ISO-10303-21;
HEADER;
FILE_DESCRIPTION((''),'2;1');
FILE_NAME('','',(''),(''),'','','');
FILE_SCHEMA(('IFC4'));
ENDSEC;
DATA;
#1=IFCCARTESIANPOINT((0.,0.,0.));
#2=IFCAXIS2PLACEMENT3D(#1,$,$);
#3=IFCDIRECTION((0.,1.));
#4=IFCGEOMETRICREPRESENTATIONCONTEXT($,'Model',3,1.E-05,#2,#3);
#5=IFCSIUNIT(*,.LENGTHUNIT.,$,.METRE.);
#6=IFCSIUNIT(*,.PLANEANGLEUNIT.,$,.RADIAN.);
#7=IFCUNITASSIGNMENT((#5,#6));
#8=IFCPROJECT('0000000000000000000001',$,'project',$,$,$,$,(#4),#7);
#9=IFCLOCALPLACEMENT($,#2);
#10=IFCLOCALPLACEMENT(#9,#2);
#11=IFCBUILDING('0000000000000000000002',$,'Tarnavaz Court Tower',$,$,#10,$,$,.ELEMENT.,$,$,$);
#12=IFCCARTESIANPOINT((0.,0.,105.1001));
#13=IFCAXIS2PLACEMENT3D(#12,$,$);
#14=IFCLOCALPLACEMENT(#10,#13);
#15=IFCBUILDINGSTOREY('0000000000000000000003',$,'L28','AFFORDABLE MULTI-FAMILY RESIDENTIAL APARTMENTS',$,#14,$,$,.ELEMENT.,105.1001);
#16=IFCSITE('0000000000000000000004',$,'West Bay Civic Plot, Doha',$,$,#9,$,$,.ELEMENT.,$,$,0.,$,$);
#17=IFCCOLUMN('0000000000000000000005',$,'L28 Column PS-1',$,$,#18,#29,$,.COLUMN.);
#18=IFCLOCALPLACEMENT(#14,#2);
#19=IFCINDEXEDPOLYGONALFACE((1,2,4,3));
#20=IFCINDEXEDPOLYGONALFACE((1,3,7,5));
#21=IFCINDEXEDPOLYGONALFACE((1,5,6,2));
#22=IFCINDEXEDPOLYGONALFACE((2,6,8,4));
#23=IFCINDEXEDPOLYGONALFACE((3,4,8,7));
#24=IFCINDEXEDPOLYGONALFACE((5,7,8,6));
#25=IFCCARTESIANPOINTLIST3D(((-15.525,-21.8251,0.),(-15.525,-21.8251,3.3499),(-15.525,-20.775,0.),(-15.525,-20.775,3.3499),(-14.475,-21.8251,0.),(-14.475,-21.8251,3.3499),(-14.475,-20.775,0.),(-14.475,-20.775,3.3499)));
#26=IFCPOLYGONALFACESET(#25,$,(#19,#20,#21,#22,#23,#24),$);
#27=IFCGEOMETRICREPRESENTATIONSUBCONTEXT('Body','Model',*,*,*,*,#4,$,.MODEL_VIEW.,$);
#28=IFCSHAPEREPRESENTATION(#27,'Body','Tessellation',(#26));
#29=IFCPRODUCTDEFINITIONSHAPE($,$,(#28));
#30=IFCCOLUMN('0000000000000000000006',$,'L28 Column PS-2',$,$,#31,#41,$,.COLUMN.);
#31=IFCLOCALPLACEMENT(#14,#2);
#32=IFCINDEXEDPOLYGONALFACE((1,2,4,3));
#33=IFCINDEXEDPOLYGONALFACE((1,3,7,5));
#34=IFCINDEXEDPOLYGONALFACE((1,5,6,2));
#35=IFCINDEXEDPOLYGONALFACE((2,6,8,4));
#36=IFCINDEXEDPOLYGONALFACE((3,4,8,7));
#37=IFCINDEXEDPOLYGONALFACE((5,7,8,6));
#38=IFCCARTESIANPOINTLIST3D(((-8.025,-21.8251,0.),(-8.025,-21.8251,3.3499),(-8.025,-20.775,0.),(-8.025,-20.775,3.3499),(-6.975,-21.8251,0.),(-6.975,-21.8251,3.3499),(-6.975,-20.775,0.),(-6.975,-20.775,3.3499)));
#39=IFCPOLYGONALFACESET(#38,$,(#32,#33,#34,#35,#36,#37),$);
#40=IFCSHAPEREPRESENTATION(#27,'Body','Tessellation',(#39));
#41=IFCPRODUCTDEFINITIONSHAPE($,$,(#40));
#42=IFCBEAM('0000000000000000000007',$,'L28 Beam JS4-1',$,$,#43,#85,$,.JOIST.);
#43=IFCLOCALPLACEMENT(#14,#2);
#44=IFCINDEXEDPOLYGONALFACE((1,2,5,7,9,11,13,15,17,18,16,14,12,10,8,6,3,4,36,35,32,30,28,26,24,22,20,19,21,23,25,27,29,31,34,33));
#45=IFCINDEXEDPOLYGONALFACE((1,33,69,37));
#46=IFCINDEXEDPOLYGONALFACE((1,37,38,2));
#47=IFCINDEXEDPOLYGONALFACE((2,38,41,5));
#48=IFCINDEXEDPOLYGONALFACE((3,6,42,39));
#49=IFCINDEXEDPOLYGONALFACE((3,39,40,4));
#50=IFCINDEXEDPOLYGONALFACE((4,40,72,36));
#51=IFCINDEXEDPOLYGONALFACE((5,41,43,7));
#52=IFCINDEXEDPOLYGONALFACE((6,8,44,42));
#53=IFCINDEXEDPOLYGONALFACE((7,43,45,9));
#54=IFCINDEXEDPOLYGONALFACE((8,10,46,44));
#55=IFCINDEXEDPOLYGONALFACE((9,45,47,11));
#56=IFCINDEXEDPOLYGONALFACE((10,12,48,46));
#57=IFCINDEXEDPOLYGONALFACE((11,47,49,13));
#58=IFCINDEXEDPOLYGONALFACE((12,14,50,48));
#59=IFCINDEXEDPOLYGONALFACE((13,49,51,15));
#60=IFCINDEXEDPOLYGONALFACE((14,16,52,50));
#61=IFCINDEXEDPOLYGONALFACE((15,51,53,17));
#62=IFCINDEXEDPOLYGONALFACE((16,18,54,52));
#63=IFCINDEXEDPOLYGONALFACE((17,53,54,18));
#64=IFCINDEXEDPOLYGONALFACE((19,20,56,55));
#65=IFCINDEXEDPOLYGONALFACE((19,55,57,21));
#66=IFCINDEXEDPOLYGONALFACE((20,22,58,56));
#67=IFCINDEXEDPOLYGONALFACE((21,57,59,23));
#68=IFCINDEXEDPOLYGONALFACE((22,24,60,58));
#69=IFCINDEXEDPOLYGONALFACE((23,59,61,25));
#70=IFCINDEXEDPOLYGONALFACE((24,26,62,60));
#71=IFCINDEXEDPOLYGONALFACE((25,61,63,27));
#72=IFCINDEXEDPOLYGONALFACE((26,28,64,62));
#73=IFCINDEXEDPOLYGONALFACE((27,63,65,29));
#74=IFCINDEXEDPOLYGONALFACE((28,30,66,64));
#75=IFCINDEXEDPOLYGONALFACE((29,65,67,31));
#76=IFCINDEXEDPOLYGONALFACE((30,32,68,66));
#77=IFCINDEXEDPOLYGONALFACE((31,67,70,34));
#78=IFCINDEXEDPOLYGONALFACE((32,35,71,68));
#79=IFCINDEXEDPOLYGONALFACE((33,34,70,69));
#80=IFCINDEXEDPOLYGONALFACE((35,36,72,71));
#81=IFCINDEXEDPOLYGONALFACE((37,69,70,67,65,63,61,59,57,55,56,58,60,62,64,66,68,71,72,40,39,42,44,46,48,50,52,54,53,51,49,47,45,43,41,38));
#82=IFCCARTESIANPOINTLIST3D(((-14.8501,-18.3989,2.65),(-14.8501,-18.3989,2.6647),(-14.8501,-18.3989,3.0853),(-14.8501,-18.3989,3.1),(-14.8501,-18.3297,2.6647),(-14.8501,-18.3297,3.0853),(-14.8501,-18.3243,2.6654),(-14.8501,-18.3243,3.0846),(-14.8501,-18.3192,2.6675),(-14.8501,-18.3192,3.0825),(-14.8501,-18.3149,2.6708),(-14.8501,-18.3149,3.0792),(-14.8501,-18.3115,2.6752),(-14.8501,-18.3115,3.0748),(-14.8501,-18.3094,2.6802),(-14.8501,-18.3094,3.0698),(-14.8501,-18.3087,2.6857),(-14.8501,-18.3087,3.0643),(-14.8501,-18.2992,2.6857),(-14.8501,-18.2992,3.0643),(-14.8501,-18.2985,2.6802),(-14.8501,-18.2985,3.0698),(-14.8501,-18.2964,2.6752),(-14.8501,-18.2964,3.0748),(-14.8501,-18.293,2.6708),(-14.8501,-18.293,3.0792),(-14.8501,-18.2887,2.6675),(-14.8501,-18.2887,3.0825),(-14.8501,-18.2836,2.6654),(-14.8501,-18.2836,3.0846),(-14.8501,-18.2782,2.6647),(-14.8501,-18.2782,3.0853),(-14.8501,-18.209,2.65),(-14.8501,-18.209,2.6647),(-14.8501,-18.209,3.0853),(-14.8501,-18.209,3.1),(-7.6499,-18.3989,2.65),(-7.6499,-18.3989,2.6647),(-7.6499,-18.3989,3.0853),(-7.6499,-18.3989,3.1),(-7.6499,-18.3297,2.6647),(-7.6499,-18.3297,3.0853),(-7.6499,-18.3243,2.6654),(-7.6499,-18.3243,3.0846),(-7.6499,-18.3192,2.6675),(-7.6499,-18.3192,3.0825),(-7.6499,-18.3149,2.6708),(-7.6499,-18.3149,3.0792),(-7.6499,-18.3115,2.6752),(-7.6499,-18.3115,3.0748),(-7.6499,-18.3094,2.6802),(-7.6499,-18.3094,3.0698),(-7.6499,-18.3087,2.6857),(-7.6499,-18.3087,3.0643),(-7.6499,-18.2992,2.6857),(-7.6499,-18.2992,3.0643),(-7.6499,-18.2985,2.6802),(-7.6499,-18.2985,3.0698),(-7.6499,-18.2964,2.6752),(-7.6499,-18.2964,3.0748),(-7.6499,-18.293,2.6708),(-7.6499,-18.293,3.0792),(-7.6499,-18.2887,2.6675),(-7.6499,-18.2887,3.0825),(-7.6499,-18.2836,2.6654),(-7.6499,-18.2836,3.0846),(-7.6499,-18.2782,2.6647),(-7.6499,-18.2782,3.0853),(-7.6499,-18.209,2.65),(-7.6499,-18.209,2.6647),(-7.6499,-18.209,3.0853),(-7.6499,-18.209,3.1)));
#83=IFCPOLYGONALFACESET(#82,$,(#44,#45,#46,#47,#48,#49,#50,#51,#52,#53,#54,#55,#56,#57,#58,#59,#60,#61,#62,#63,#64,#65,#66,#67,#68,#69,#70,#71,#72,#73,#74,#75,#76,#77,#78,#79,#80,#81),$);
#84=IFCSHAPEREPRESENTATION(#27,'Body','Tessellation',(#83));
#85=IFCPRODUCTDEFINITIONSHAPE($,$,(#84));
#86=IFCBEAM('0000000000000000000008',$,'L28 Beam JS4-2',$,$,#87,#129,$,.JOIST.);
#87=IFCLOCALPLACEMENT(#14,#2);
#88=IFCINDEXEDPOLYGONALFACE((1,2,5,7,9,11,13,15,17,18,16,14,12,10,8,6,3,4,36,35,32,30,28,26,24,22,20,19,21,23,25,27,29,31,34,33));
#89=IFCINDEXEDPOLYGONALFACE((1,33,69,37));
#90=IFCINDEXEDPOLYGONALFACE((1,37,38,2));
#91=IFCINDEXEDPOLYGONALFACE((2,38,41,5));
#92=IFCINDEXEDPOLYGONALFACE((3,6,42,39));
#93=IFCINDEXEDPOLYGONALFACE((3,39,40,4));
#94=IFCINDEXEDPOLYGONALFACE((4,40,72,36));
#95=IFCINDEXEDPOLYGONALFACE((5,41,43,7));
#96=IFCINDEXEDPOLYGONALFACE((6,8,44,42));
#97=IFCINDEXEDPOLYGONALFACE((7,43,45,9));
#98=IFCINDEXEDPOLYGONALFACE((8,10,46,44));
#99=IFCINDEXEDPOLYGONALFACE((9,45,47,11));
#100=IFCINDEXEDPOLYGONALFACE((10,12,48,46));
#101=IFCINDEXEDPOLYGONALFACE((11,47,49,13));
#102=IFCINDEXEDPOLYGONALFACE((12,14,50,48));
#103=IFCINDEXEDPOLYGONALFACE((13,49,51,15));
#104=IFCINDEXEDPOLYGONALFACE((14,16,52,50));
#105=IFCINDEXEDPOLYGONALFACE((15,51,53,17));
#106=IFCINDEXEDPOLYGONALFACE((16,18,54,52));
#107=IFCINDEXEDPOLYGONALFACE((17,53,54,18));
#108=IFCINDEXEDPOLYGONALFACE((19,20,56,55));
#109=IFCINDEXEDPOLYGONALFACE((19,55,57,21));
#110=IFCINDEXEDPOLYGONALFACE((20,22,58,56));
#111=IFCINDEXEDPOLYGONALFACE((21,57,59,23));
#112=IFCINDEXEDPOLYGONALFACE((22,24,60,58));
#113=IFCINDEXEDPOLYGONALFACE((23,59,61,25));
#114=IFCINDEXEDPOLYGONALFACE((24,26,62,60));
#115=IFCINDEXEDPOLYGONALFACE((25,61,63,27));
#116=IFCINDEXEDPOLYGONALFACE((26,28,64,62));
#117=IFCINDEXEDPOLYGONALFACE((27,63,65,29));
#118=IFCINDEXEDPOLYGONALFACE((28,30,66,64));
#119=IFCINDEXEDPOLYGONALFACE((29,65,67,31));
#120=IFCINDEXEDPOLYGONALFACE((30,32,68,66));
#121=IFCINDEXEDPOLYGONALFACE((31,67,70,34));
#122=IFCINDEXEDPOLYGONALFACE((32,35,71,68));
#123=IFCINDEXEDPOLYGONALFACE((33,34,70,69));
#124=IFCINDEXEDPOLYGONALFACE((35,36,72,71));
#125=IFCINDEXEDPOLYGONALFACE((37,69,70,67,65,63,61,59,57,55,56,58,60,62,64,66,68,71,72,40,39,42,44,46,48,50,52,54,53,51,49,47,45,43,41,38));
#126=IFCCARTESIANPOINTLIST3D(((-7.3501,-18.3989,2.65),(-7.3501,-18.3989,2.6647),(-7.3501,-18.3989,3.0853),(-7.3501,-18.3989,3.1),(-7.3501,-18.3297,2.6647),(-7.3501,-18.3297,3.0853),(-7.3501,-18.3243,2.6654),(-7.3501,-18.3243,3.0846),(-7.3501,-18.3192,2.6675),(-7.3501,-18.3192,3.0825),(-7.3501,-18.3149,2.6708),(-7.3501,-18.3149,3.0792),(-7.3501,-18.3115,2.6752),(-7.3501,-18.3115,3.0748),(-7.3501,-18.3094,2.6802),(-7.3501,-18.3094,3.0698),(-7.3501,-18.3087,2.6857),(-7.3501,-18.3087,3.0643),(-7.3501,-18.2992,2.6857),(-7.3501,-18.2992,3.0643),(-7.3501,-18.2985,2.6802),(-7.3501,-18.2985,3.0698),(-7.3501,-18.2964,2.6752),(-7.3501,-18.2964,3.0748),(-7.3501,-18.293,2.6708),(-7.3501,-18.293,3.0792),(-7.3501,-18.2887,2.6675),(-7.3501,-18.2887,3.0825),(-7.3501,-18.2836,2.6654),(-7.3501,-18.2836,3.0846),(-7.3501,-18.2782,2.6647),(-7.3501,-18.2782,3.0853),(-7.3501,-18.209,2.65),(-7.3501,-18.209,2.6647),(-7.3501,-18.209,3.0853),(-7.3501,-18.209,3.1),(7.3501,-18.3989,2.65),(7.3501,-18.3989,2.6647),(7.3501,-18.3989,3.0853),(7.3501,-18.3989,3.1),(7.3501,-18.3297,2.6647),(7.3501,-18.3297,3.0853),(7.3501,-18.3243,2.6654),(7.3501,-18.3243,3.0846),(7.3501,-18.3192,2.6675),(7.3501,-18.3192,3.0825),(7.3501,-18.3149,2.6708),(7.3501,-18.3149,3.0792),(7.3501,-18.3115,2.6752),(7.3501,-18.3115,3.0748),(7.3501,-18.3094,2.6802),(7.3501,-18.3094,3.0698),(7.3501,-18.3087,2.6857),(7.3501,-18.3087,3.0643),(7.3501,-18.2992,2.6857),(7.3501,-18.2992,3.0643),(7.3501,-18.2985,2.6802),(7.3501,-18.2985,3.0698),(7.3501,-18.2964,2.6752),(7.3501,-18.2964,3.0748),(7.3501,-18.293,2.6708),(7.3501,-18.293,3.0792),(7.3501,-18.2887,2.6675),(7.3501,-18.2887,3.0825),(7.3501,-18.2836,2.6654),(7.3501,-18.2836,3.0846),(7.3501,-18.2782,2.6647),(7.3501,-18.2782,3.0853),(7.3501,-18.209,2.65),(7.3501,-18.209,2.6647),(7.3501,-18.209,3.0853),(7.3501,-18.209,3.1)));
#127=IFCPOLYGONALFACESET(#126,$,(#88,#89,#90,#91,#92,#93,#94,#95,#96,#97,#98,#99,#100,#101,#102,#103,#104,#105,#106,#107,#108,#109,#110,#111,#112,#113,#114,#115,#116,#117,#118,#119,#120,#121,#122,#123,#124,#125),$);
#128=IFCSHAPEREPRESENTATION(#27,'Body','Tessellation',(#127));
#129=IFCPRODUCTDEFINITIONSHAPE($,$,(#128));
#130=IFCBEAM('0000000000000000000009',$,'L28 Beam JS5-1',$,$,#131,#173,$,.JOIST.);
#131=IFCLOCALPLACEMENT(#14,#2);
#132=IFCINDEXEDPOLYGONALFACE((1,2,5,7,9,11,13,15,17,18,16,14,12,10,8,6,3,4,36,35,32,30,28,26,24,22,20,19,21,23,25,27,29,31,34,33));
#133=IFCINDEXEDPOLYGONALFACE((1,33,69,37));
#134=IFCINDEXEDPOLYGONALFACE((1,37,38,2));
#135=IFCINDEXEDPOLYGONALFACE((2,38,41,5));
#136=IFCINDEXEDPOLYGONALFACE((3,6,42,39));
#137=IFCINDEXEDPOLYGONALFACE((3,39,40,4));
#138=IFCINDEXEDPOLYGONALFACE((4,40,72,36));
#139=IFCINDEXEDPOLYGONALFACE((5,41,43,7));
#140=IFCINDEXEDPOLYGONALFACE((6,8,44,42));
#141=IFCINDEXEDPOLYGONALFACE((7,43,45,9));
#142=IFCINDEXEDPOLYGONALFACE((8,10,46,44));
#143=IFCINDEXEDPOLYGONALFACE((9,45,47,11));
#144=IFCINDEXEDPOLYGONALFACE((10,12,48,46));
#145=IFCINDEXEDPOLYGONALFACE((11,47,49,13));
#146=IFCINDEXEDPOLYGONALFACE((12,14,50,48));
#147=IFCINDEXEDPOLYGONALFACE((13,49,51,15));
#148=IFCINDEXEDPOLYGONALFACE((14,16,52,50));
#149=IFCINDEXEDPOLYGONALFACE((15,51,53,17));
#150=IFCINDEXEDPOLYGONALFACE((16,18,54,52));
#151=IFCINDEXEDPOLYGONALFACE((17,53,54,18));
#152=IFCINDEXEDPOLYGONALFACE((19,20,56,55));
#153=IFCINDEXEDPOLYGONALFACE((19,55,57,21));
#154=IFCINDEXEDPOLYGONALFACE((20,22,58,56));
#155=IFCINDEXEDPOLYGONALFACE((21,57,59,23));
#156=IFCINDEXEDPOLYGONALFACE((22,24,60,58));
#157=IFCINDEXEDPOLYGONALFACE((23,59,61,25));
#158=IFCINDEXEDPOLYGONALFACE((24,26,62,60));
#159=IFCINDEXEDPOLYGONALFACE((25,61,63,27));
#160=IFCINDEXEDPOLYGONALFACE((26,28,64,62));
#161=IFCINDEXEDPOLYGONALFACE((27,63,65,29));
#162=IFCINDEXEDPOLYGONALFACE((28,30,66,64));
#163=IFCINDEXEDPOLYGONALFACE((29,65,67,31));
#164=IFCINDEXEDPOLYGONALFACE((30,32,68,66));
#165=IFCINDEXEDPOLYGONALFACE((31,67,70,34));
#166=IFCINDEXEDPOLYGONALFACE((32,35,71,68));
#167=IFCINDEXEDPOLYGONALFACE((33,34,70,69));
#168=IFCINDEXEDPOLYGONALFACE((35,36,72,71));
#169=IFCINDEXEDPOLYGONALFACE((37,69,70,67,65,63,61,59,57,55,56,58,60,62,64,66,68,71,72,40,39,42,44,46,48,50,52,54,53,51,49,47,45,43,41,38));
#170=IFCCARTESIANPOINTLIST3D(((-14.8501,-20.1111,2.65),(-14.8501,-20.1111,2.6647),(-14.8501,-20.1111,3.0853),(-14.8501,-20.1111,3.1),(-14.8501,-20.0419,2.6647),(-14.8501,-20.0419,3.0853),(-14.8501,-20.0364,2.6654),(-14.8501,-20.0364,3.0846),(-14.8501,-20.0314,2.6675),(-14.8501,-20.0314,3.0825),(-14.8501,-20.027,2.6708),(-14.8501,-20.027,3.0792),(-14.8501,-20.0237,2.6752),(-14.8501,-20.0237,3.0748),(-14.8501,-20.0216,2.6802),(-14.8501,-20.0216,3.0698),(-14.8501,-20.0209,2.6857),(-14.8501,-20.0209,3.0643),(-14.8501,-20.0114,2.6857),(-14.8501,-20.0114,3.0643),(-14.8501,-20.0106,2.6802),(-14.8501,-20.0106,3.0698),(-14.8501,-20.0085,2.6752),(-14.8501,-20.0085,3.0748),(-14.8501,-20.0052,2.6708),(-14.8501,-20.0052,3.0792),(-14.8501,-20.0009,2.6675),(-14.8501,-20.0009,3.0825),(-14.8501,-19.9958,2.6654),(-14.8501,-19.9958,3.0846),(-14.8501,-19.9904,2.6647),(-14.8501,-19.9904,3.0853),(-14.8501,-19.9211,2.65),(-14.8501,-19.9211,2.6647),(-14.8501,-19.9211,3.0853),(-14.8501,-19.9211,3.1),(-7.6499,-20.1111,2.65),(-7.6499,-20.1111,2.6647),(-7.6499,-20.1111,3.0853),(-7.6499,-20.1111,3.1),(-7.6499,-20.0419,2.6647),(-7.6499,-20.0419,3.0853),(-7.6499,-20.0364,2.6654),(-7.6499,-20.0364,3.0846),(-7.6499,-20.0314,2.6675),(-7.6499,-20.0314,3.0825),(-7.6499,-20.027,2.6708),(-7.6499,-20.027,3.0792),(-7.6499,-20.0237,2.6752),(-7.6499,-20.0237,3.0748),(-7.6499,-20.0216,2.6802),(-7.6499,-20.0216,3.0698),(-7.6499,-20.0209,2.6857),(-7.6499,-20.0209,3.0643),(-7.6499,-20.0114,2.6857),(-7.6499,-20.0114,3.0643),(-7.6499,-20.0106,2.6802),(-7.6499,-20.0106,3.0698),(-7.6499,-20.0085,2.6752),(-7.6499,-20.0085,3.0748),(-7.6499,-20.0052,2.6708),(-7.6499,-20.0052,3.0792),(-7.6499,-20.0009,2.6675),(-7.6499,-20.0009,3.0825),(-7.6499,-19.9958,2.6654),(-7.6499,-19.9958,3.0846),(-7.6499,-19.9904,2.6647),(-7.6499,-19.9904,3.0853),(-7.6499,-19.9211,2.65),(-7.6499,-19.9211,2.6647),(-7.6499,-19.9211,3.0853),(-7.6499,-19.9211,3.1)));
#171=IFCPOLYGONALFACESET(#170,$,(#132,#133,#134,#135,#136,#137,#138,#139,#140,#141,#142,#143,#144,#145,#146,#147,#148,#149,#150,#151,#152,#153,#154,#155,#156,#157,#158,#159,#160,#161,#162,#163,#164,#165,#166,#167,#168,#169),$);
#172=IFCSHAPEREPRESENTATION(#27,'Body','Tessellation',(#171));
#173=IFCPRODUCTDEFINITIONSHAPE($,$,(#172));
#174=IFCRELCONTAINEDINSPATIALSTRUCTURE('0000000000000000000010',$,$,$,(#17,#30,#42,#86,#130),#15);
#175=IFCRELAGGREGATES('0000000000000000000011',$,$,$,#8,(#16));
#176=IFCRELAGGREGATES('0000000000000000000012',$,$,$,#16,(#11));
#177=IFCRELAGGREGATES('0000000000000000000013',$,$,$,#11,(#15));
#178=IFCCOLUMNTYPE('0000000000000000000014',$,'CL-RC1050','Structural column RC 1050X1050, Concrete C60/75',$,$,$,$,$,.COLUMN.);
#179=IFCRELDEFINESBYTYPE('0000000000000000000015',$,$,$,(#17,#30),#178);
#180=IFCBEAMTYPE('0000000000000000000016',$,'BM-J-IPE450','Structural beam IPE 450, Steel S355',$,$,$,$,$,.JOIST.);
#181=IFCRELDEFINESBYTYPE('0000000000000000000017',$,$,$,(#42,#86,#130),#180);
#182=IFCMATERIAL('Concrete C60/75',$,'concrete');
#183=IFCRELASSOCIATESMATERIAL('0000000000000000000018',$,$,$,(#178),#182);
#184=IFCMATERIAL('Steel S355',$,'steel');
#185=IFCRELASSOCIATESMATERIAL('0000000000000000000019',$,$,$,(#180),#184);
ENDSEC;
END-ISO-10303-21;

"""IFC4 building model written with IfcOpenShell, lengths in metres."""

from ifc_helpers import new_model, si_unit, direction, frame, origin, origin_2d, place, context, subcontext, project, spatial, rectangle, i_section, extrude, material, material_profile, profile_set, type_object, element, save


model = new_model("IFC4")

# Units and contexts
model_context = context("Model", 3, precision=1e-05, world=origin(), true_north=direction((0.0, 1.0)))
body_context = subcontext(model_context, "Body", "Model", "MODEL_VIEW")
ifc_project = project(units=[si_unit("LENGTHUNIT", "METRE"), si_unit("PLANEANGLEUNIT", "RADIAN")], contexts=[model_context])

# Site, building, storey
site_placement = place(None, origin())
site = spatial("IfcSite", under=ifc_project, at=site_placement, Name="West Bay Civic Plot, Doha", CompositionType="ELEMENT", RefElevation=0.0)
building_placement = place(site_placement, origin())
building = spatial("IfcBuilding", under=site, at=building_placement, Name="Tarnavaz Court Tower", CompositionType="ELEMENT")
storey_placement = place(building_placement, frame((0.0, 0.0, 105.1001)))
storey = spatial("IfcBuildingStorey", under=building, at=storey_placement, Name="L28", Description="AFFORDABLE MULTI-FAMILY RESIDENTIAL APARTMENTS", CompositionType="ELEMENT", Elevation=105.1001)

# Columns
ifc_material_1 = material(Name="Concrete C60/75", Category="concrete")
ifc_material_profile_1 = material_profile(ifc_material_1, rectangle(XDim=1.05, YDim=1.05, at=origin_2d()), Name="RC 1050X1050")
ifc_profile_set_1 = profile_set([ifc_material_profile_1], Name="Concrete C60/75")
column_type = type_object("IfcColumnType", Name="CL-RC1050", Description="Structural column RC 1050X1050, Concrete C60/75", PredefinedType="COLUMN", material=ifc_profile_set_1)
for number, where, z_axis, x_axis, name in (
    (1, (-15.0, -21.3, 0.0), (0.0, 0.0, 1.0), (1.0, 0.0, 0.0), "L28 Column PS-1"),
    (2, (-7.5, -21.3, 0.0), (0.0, 0.0, 1.0), (1.0, 0.0, 0.0), "L28 Column PS-2"),
):
    element("IfcColumn", number, at=place(storey_placement, frame(where, z_axis=z_axis, x_axis=x_axis)), inside=storey, type_object=column_type, Name=name, PredefinedType="COLUMN", context=body_context, shape_type="SweptSolid", body=[
        extrude(rectangle(XDim=1.05, YDim=1.05, at=origin_2d()), origin(), (0.0, 0.0, 1.0), 3.3499),
    ])

# Beams
ifc_material_2 = material(Name="Steel S355", Category="steel")
ifc_material_profile_2 = material_profile(ifc_material_2, i_section(OverallWidth=0.1899, OverallDepth=0.45, WebThickness=0.0095, FlangeThickness=0.0146, FilletRadius=0.021, at=origin_2d()), Name="IPE 450")
ifc_profile_set_2 = profile_set([ifc_material_profile_2], Name="Steel S355")
beam_type_1 = type_object("IfcBeamType", Name="BM-J-IPE450", Description="Structural beam IPE 450, Steel S355", PredefinedType="JOIST", material=ifc_profile_set_2)
beam_1_placement = place(storey_placement, frame((-14.8501, -18.304, 2.875), z_axis=(1.0, 0.0, 0.0), x_axis=(0.0, 1.0, 0.0)))
element("IfcBeam", 3, at=beam_1_placement, inside=storey, type_object=beam_type_1, Name="L28 Beam JS4-1", PredefinedType="JOIST", context=body_context, shape_type="SweptSolid", body=[
    extrude(i_section(OverallWidth=0.1899, OverallDepth=0.45, WebThickness=0.0095, FlangeThickness=0.0146, FilletRadius=0.021, at=origin_2d()), origin(), (0.0, 0.0, 1.0), 7.2002),
])
beam_2_placement = place(storey_placement, frame((-7.3501, -18.304, 2.875), z_axis=(1.0, 0.0, 0.0), x_axis=(0.0, 1.0, 0.0)))
element("IfcBeam", 4, at=beam_2_placement, inside=storey, type_object=beam_type_1, Name="L28 Beam JS4-2", PredefinedType="JOIST", context=body_context, shape_type="SweptSolid", body=[
    extrude(i_section(OverallWidth=0.1899, OverallDepth=0.45, WebThickness=0.0095, FlangeThickness=0.0146, FilletRadius=0.021, at=origin_2d()), origin(), (0.0, 0.0, 1.0), 14.7002),
])
beam_3_placement = place(storey_placement, frame((-14.8501, -20.0161, 2.875), z_axis=(1.0, 0.0, 0.0), x_axis=(0.0, 1.0, 0.0)))
element("IfcBeam", 5, at=beam_3_placement, inside=storey, type_object=beam_type_1, Name="L28 Beam JS5-1", PredefinedType="JOIST", context=body_context, shape_type="SweptSolid", body=[
    extrude(i_section(OverallWidth=0.1899, OverallDepth=0.45, WebThickness=0.0095, FlangeThickness=0.0146, FilletRadius=0.021, at=origin_2d()), origin(), (0.0, 0.0, 1.0), 7.2002),
])

save(model, "model.ifc")
